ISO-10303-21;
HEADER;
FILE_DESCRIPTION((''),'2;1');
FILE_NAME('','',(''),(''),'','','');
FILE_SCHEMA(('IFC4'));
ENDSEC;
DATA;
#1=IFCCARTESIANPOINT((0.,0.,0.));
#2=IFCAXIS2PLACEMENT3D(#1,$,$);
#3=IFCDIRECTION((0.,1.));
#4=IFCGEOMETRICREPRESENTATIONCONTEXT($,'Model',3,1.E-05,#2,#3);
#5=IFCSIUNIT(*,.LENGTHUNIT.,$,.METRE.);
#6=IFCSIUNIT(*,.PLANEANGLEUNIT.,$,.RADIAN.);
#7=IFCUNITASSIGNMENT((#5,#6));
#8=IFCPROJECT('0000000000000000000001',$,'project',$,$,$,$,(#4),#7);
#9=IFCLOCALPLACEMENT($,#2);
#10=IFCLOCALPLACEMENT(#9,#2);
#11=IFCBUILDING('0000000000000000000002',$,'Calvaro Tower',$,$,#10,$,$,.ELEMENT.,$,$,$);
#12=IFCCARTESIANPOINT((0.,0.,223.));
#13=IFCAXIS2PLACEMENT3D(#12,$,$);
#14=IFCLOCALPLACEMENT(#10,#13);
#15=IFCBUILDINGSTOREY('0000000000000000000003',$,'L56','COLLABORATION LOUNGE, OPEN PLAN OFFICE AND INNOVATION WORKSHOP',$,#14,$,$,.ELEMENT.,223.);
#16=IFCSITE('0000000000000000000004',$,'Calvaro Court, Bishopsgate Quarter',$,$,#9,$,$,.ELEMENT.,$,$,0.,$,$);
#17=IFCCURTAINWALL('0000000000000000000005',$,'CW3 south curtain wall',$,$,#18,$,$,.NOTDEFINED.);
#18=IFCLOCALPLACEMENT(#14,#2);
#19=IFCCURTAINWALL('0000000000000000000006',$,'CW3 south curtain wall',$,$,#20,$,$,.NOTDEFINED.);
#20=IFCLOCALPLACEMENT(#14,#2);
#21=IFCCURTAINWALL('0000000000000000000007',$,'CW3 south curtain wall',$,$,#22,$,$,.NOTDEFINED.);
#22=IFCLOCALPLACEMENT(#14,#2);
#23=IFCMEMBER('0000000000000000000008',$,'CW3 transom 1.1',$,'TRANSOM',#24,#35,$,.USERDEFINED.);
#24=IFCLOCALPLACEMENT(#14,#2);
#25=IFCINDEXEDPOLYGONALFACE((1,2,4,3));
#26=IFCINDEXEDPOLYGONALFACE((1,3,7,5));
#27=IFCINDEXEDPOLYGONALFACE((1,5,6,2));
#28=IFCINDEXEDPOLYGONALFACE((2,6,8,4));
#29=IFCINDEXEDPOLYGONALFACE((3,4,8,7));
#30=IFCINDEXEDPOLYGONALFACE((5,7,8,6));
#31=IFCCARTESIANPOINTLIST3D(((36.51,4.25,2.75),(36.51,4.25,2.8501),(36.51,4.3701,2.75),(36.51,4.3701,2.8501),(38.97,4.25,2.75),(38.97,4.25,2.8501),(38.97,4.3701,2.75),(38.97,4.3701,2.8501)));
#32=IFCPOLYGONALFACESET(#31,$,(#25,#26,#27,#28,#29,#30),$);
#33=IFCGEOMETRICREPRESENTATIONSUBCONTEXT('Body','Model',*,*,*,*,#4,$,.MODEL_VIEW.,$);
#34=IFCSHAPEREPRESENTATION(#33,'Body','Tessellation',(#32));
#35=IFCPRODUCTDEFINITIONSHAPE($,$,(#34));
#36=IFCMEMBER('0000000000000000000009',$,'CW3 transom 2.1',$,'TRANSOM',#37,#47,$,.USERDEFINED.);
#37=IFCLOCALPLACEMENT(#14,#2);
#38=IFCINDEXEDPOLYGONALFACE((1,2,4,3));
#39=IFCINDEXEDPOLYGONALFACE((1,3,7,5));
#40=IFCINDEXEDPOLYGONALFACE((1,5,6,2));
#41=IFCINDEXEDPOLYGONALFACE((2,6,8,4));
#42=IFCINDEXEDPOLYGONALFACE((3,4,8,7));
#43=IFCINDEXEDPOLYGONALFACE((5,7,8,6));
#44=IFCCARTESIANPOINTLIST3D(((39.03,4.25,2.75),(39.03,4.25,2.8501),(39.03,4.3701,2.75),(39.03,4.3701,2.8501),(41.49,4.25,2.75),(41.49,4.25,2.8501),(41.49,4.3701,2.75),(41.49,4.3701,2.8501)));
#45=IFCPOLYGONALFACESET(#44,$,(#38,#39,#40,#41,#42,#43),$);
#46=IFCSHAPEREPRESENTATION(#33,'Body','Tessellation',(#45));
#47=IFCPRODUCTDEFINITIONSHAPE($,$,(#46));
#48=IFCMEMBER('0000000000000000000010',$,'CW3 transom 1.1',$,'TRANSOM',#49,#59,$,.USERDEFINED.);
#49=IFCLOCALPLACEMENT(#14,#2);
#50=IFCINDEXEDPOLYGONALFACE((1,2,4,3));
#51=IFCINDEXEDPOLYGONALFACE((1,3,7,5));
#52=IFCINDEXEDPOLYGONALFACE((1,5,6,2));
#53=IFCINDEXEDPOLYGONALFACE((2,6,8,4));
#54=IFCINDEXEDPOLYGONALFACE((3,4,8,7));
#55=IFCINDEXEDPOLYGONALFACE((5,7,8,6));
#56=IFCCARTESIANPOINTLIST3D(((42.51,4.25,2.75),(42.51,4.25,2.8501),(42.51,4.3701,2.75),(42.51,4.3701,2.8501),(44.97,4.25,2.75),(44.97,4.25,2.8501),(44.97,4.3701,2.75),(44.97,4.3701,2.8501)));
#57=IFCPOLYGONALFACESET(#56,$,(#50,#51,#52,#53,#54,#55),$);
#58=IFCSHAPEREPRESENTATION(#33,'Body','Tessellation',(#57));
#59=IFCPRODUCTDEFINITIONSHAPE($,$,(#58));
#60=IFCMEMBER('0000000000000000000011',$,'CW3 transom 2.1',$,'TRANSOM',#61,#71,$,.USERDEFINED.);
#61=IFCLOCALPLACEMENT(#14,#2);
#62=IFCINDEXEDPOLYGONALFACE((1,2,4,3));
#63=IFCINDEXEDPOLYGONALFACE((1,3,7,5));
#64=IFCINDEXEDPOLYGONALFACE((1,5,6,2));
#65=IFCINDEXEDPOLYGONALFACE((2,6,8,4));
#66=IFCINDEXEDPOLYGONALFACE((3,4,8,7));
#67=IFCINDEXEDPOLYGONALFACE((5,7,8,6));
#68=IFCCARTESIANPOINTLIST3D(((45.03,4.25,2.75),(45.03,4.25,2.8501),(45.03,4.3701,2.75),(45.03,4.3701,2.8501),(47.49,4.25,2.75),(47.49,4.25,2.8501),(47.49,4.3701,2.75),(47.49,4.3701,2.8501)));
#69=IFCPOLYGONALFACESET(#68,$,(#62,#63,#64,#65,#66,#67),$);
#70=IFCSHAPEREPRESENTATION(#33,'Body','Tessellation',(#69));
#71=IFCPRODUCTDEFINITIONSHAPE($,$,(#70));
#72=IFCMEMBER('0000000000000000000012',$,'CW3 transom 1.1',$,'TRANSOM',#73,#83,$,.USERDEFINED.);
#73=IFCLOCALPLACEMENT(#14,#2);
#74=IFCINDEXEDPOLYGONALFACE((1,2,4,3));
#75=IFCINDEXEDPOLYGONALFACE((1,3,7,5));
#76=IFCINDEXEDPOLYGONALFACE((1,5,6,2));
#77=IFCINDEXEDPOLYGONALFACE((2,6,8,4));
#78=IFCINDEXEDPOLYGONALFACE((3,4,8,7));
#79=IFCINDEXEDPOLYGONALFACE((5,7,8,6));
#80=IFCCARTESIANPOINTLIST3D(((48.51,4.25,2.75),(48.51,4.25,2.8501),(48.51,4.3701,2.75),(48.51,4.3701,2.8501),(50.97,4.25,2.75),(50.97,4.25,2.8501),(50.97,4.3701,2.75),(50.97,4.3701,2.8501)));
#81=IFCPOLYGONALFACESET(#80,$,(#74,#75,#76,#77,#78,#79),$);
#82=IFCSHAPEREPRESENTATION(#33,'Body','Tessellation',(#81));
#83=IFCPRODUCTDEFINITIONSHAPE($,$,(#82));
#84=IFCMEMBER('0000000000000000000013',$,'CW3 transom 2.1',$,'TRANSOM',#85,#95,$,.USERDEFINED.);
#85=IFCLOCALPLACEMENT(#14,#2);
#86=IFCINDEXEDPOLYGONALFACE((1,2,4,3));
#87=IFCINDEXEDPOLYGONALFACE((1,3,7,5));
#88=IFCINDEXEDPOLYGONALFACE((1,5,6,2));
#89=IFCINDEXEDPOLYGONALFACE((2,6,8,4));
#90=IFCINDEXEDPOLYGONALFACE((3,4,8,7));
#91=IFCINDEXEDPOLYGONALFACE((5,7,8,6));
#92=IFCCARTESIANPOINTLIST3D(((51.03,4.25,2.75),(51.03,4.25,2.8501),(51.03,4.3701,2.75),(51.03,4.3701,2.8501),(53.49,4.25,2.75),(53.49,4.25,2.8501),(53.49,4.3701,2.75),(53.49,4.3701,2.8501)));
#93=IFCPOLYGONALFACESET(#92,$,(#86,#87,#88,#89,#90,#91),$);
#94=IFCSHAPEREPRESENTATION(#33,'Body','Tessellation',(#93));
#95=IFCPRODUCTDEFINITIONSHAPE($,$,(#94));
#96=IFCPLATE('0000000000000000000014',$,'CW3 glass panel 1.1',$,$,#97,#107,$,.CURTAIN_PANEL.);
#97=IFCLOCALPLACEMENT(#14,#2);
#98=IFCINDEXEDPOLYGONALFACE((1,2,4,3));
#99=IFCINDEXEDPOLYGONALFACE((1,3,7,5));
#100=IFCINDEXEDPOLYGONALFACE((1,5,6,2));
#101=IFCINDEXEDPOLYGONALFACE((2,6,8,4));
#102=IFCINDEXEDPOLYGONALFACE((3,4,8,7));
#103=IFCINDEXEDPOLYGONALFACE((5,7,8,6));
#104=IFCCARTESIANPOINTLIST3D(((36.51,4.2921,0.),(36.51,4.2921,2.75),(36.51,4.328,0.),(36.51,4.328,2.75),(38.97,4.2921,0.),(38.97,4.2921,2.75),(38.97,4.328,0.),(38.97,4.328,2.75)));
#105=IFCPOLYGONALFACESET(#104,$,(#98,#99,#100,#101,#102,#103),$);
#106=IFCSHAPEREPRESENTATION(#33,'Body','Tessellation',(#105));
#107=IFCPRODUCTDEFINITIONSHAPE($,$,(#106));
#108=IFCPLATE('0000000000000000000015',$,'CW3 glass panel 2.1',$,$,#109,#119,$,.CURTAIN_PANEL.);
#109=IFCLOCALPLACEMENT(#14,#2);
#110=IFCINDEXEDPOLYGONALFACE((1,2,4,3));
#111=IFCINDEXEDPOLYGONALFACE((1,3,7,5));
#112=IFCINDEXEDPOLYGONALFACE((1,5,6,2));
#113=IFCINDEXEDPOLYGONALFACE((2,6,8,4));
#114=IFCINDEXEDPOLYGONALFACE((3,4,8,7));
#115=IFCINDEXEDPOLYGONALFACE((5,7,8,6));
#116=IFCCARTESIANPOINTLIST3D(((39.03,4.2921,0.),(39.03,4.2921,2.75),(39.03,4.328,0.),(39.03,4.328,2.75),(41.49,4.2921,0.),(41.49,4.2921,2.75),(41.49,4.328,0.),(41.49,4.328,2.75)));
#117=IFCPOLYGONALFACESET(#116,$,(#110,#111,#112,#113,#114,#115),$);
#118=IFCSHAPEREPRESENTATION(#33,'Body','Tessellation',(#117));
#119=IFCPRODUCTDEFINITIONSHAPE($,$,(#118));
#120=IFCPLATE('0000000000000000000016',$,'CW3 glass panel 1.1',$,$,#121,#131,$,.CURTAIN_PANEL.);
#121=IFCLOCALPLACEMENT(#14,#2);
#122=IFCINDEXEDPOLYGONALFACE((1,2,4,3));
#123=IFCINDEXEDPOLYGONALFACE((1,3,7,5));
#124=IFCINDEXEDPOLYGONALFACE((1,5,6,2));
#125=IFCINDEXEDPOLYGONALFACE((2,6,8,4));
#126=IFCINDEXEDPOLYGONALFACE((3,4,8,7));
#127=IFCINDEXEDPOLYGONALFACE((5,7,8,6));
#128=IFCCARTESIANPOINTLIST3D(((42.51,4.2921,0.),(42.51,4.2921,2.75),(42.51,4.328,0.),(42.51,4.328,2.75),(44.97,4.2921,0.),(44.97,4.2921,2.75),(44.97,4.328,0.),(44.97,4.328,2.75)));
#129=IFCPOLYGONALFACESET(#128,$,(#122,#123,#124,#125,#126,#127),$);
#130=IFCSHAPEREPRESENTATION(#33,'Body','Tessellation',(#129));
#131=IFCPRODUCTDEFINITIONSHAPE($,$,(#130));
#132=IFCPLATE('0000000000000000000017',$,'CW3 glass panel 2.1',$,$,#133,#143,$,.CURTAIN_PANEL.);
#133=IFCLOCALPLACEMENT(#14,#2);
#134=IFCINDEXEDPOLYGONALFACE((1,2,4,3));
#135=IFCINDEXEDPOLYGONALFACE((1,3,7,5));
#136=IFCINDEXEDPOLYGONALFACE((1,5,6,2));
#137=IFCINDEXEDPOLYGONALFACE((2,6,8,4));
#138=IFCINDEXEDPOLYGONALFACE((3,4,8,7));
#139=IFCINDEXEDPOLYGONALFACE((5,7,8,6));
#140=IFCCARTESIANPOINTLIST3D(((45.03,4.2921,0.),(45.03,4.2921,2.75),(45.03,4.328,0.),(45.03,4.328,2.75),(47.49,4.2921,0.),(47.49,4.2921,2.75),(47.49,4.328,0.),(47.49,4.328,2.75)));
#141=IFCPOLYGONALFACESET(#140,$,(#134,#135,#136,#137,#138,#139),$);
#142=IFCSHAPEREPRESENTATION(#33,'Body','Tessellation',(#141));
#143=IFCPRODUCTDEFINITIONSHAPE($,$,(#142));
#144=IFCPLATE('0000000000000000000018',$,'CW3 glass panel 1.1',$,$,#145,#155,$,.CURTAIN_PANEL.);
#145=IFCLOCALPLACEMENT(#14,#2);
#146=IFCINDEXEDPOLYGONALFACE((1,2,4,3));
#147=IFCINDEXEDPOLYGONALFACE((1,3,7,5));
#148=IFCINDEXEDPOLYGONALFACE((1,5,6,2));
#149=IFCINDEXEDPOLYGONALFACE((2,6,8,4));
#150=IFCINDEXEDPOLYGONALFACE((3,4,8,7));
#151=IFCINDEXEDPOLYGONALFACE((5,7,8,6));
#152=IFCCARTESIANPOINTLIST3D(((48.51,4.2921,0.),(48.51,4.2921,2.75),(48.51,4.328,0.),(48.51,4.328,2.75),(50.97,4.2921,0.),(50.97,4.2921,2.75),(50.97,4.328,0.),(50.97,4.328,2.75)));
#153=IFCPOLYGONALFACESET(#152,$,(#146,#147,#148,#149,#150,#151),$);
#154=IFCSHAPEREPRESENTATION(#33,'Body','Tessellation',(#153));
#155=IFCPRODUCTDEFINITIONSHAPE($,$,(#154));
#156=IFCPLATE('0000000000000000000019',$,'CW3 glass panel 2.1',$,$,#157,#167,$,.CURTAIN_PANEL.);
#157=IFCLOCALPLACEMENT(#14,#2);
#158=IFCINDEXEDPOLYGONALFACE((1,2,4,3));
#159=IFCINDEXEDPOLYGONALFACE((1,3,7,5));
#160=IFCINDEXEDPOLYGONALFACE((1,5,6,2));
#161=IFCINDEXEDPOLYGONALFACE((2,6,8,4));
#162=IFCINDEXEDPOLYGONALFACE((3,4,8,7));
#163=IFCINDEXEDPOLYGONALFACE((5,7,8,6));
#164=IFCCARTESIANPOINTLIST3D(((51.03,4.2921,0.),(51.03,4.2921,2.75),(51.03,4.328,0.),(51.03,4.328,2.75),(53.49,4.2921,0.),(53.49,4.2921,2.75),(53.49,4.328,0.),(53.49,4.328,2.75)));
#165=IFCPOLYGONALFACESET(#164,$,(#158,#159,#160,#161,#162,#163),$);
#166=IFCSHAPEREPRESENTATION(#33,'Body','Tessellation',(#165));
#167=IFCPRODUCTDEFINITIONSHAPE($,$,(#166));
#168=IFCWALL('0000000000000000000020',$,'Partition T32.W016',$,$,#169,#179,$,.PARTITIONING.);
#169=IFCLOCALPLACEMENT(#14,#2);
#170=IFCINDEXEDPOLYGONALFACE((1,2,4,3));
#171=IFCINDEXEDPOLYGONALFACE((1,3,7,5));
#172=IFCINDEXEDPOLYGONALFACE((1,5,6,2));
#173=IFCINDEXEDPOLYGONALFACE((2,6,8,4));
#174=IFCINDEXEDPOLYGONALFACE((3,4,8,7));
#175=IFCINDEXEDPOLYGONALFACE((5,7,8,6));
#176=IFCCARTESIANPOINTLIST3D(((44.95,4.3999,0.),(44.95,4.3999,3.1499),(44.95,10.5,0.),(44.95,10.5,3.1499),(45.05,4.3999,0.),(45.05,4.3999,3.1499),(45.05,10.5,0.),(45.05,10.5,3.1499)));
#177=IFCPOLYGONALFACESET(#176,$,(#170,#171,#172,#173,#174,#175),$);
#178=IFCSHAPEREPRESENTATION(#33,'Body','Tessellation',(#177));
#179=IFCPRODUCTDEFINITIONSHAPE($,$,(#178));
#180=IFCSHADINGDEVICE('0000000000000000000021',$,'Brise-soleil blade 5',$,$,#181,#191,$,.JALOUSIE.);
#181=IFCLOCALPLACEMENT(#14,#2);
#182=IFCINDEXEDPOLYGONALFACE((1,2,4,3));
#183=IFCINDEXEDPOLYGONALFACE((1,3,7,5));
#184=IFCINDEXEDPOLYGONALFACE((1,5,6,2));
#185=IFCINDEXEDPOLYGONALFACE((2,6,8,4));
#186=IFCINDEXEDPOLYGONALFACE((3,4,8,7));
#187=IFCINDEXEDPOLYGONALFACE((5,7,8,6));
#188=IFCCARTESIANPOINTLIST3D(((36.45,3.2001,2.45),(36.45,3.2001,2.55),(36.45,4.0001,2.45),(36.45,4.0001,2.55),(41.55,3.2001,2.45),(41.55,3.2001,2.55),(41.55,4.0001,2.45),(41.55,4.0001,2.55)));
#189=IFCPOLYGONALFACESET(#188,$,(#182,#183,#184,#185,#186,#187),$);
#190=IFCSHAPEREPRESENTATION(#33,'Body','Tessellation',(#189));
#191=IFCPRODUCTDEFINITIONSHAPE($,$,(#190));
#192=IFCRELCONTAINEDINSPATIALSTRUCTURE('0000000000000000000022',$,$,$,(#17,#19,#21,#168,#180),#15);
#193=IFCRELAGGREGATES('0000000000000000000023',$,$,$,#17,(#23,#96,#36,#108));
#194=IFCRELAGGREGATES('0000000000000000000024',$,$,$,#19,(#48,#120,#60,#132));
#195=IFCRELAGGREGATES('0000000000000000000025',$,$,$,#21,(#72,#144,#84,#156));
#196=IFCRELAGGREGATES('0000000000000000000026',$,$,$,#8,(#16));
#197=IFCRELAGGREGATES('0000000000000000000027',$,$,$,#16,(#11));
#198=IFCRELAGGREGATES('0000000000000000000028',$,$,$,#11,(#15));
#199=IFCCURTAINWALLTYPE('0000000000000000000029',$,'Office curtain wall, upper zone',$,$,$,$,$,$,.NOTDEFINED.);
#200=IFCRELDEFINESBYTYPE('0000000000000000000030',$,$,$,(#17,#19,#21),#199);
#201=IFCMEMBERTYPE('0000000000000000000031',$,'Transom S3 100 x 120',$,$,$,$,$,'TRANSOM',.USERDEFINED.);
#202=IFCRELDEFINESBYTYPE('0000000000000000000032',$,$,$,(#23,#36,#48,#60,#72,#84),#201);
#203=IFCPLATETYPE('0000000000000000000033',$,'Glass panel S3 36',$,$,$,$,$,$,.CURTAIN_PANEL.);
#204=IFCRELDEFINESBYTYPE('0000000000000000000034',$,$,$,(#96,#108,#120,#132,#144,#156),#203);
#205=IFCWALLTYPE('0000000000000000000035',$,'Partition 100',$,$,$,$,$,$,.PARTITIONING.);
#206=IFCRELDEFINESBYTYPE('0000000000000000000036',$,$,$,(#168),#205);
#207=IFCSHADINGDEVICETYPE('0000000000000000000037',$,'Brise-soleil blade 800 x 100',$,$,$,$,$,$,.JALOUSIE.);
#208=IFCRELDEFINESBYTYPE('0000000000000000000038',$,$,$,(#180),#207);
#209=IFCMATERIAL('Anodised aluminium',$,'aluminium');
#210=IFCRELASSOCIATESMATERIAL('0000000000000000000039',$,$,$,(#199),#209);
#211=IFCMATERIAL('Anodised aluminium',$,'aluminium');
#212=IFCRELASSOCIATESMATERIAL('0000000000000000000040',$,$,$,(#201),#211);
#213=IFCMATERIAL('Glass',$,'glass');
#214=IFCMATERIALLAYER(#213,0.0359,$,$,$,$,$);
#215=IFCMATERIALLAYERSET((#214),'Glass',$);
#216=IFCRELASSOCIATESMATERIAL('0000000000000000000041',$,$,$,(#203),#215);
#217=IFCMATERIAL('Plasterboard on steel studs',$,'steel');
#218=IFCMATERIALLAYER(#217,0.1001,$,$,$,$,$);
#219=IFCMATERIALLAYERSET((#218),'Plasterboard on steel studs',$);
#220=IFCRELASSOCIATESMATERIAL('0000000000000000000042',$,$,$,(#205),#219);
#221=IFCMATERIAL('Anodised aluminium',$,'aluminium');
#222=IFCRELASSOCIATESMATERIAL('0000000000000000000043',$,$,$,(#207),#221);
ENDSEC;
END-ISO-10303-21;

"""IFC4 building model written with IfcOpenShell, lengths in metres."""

from ifc_helpers import new_model, si_unit, direction, frame, frame_2d, origin, origin_2d, place, context, subcontext, project, spatial, rectangle, extrude, material, layer, layer_set, material_profile, profile_set, type_object, element, aggregate, save


model = new_model("IFC4")

# Units and contexts
model_context = context("Model", 3, precision=1e-05, world=origin(), true_north=direction((0.0, 1.0)))
body_context = subcontext(model_context, "Body", "Model", "MODEL_VIEW")
ifc_project = project(units=[si_unit("LENGTHUNIT", "METRE"), si_unit("PLANEANGLEUNIT", "RADIAN")], contexts=[model_context])

# Site, building, storey
site_placement = place(None, origin())
site = spatial("IfcSite", under=ifc_project, at=site_placement, Name="Calvaro Court, Bishopsgate Quarter", CompositionType="ELEMENT", RefElevation=0.0)
building_placement = place(site_placement, origin())
building = spatial("IfcBuilding", under=site, at=building_placement, Name="Calvaro Tower", CompositionType="ELEMENT")
storey_placement = place(building_placement, frame((0.0, 0.0, 223.0)))
storey = spatial("IfcBuildingStorey", under=building, at=storey_placement, Name="L56", Description="COLLABORATION LOUNGE, OPEN PLAN OFFICE AND INNOVATION WORKSHOP", CompositionType="ELEMENT", Elevation=223.0)

# Shared definitions
ifc_material_1 = material(Name="Anodised aluminium", Category="aluminium")
curtain_wall_type = type_object("IfcCurtainWallType", Name="Office curtain wall, upper zone", PredefinedType="NOTDEFINED", material=ifc_material_1)

# Curtain walls
curtain_wall_1_placement = place(storey_placement, origin())
curtain_wall_1 = element("IfcCurtainWall", 1, at=curtain_wall_1_placement, inside=storey, type_object=curtain_wall_type, Name="CW3 south curtain wall", PredefinedType="NOTDEFINED")
curtain_wall_2_placement = place(storey_placement, origin())
curtain_wall_2 = element("IfcCurtainWall", 2, at=curtain_wall_2_placement, inside=storey, type_object=curtain_wall_type, Name="CW3 south curtain wall", PredefinedType="NOTDEFINED")
curtain_wall_3_placement = place(storey_placement, origin())
curtain_wall_3 = element("IfcCurtainWall", 3, at=curtain_wall_3_placement, inside=storey, type_object=curtain_wall_type, Name="CW3 south curtain wall", PredefinedType="NOTDEFINED")

# Members
ifc_material_2 = material(Name="Anodised aluminium", Category="aluminium")
ifc_material_profile_1 = material_profile(ifc_material_2, rectangle(XDim=0.1201, YDim=0.1001, at=origin_2d()), Name="Transom S3 100 x 120")
ifc_profile_set_1 = profile_set([ifc_material_profile_1], Name="Anodised aluminium")
member_type_1 = type_object("IfcMemberType", Name="Transom S3 100 x 120", ElementType="TRANSOM", PredefinedType="USERDEFINED", material=ifc_profile_set_1)
member_1_placement = place(storey_placement, frame((36.51, 4.3101, 2.8), z_axis=(1.0, 0.0, 0.0), x_axis=(0.0, 1.0, 0.0)))
member_1 = element("IfcMember", 4, at=member_1_placement, type_object=member_type_1, Name="CW3 transom 1.1", ObjectType="TRANSOM", PredefinedType="USERDEFINED", context=body_context, shape_type="SweptSolid", body=[
    extrude(rectangle(XDim=0.1201, YDim=0.1001, at=origin_2d()), origin(), (0.0, 0.0, 1.0), 2.46),
])
member_2_placement = place(storey_placement, frame((39.03, 4.3101, 2.8), z_axis=(1.0, 0.0, 0.0), x_axis=(0.0, 1.0, 0.0)))
member_2 = element("IfcMember", 5, at=member_2_placement, type_object=member_type_1, Name="CW3 transom 2.1", ObjectType="TRANSOM", PredefinedType="USERDEFINED", context=body_context, shape_type="SweptSolid", body=[
    extrude(rectangle(XDim=0.1201, YDim=0.1001, at=origin_2d()), origin(), (0.0, 0.0, 1.0), 2.46),
])
member_3_placement = place(storey_placement, frame((42.51, 4.3101, 2.8), z_axis=(1.0, 0.0, 0.0), x_axis=(0.0, 1.0, 0.0)))
member_3 = element("IfcMember", 6, at=member_3_placement, type_object=member_type_1, Name="CW3 transom 1.1", ObjectType="TRANSOM", PredefinedType="USERDEFINED", context=body_context, shape_type="SweptSolid", body=[
    extrude(rectangle(XDim=0.1201, YDim=0.1001, at=origin_2d()), origin(), (0.0, 0.0, 1.0), 2.46),
])
member_4_placement = place(storey_placement, frame((45.03, 4.3101, 2.8), z_axis=(1.0, 0.0, 0.0), x_axis=(0.0, 1.0, 0.0)))
member_4 = element("IfcMember", 7, at=member_4_placement, type_object=member_type_1, Name="CW3 transom 2.1", ObjectType="TRANSOM", PredefinedType="USERDEFINED", context=body_context, shape_type="SweptSolid", body=[
    extrude(rectangle(XDim=0.1201, YDim=0.1001, at=origin_2d()), origin(), (0.0, 0.0, 1.0), 2.46),
])
member_5_placement = place(storey_placement, frame((48.51, 4.3101, 2.8), z_axis=(1.0, 0.0, 0.0), x_axis=(0.0, 1.0, 0.0)))
member_5 = element("IfcMember", 8, at=member_5_placement, type_object=member_type_1, Name="CW3 transom 1.1", ObjectType="TRANSOM", PredefinedType="USERDEFINED", context=body_context, shape_type="SweptSolid", body=[
    extrude(rectangle(XDim=0.1201, YDim=0.1001, at=origin_2d()), origin(), (0.0, 0.0, 1.0), 2.46),
])
member_6_placement = place(storey_placement, frame((51.03, 4.3101, 2.8), z_axis=(1.0, 0.0, 0.0), x_axis=(0.0, 1.0, 0.0)))
member_6 = element("IfcMember", 9, at=member_6_placement, type_object=member_type_1, Name="CW3 transom 2.1", ObjectType="TRANSOM", PredefinedType="USERDEFINED", context=body_context, shape_type="SweptSolid", body=[
    extrude(rectangle(XDim=0.1201, YDim=0.1001, at=origin_2d()), origin(), (0.0, 0.0, 1.0), 2.46),
])

# Plates
ifc_material_3 = material(Name="Glass", Category="glass")
ifc_layer_1 = layer(ifc_material_3, 0.0359)
ifc_layer_set_1 = layer_set([ifc_layer_1], Name="Glass")
plate_type = type_object("IfcPlateType", Name="Glass panel S3 36", PredefinedType="CURTAIN_PANEL", material=ifc_layer_set_1)
plate_1_placement = place(storey_placement, frame((37.74, 4.3101, 0.0), z_axis=(0.0, 0.0, 1.0), x_axis=(1.0, 0.0, 0.0)))
plate_1 = element("IfcPlate", 10, at=plate_1_placement, type_object=plate_type, Name="CW3 glass panel 1.1", PredefinedType="CURTAIN_PANEL", context=body_context, shape_type="SweptSolid", body=[
    extrude(rectangle(XDim=2.46, YDim=0.0359, at=origin_2d()), origin(), (0.0, 0.0, 1.0), 2.75),
])
plate_2_placement = place(storey_placement, frame((40.26, 4.3101, 0.0), z_axis=(0.0, 0.0, 1.0), x_axis=(1.0, 0.0, 0.0)))
plate_2 = element("IfcPlate", 11, at=plate_2_placement, type_object=plate_type, Name="CW3 glass panel 2.1", PredefinedType="CURTAIN_PANEL", context=body_context, shape_type="SweptSolid", body=[
    extrude(rectangle(XDim=2.46, YDim=0.0359, at=origin_2d()), origin(), (0.0, 0.0, 1.0), 2.75),
])
aggregate(curtain_wall_1, [member_1, plate_1, member_2, plate_2])
plate_3_placement = place(storey_placement, frame((43.74, 4.3101, 0.0), z_axis=(0.0, 0.0, 1.0), x_axis=(1.0, 0.0, 0.0)))
plate_3 = element("IfcPlate", 12, at=plate_3_placement, type_object=plate_type, Name="CW3 glass panel 1.1", PredefinedType="CURTAIN_PANEL", context=body_context, shape_type="SweptSolid", body=[
    extrude(rectangle(XDim=2.46, YDim=0.0359, at=origin_2d()), origin(), (0.0, 0.0, 1.0), 2.75),
])
plate_4_placement = place(storey_placement, frame((46.26, 4.3101, 0.0), z_axis=(0.0, 0.0, 1.0), x_axis=(1.0, 0.0, 0.0)))
plate_4 = element("IfcPlate", 13, at=plate_4_placement, type_object=plate_type, Name="CW3 glass panel 2.1", PredefinedType="CURTAIN_PANEL", context=body_context, shape_type="SweptSolid", body=[
    extrude(rectangle(XDim=2.46, YDim=0.0359, at=origin_2d()), origin(), (0.0, 0.0, 1.0), 2.75),
])
aggregate(curtain_wall_2, [member_3, plate_3, member_4, plate_4])
plate_5_placement = place(storey_placement, frame((49.74, 4.3101, 0.0), z_axis=(0.0, 0.0, 1.0), x_axis=(1.0, 0.0, 0.0)))
plate_5 = element("IfcPlate", 14, at=plate_5_placement, type_object=plate_type, Name="CW3 glass panel 1.1", PredefinedType="CURTAIN_PANEL", context=body_context, shape_type="SweptSolid", body=[
    extrude(rectangle(XDim=2.46, YDim=0.0359, at=origin_2d()), origin(), (0.0, 0.0, 1.0), 2.75),
])
plate_6_placement = place(storey_placement, frame((52.26, 4.3101, 0.0), z_axis=(0.0, 0.0, 1.0), x_axis=(1.0, 0.0, 0.0)))
plate_6 = element("IfcPlate", 15, at=plate_6_placement, type_object=plate_type, Name="CW3 glass panel 2.1", PredefinedType="CURTAIN_PANEL", context=body_context, shape_type="SweptSolid", body=[
    extrude(rectangle(XDim=2.46, YDim=0.0359, at=origin_2d()), origin(), (0.0, 0.0, 1.0), 2.75),
])
aggregate(curtain_wall_3, [member_5, plate_5, member_6, plate_6])

# Wall
ifc_material_4 = material(Name="Plasterboard on steel studs", Category="steel")
ifc_layer_2 = layer(ifc_material_4, 0.1001)
ifc_layer_set_2 = layer_set([ifc_layer_2], Name="Plasterboard on steel studs")
wall_type = type_object("IfcWallType", Name="Partition 100", PredefinedType="PARTITIONING", material=ifc_layer_set_2)
wall_placement = place(storey_placement, frame((45.0, 4.3999, 0.0), z_axis=(0.0, 0.0, 1.0), x_axis=(0.0, 1.0, 0.0)))
element("IfcWall", 16, at=wall_placement, inside=storey, type_object=wall_type, Name="Partition T32.W016", PredefinedType="PARTITIONING", context=body_context, shape_type="SweptSolid", body=[
    extrude(rectangle(XDim=6.1001, YDim=0.1001, at=frame_2d((3.05, 0.0))), origin(), (0.0, 0.0, 1.0), 3.1499),
])

# Shading device
ifc_material_5 = material(Name="Anodised aluminium", Category="aluminium")
ifc_material_profile_2 = material_profile(ifc_material_5, rectangle(XDim=0.8, YDim=0.1001, at=origin_2d()), Name="Brise-soleil blade 800 x 100")
ifc_profile_set_2 = profile_set([ifc_material_profile_2], Name="Anodised aluminium")
shading_device_type = type_object("IfcShadingDeviceType", Name="Brise-soleil blade 800 x 100", PredefinedType="JALOUSIE", material=ifc_profile_set_2)
for number, where, z_axis, x_axis, name in (
    (17, (36.45, 3.6001, 2.5), (1.0, 0.0, 0.0), (0.0, 1.0, 0.0), "Brise-soleil blade 5"),
):
    element("IfcShadingDevice", number, at=place(storey_placement, frame(where, z_axis=z_axis, x_axis=x_axis)), inside=storey, type_object=shading_device_type, Name=name, PredefinedType="JALOUSIE", context=body_context, shape_type="SweptSolid", body=[
        extrude(rectangle(XDim=0.8, YDim=0.1001, at=origin_2d()), origin(), (0.0, 0.0, 1.0), 5.1001),
    ])

save(model, "model.ifc")
